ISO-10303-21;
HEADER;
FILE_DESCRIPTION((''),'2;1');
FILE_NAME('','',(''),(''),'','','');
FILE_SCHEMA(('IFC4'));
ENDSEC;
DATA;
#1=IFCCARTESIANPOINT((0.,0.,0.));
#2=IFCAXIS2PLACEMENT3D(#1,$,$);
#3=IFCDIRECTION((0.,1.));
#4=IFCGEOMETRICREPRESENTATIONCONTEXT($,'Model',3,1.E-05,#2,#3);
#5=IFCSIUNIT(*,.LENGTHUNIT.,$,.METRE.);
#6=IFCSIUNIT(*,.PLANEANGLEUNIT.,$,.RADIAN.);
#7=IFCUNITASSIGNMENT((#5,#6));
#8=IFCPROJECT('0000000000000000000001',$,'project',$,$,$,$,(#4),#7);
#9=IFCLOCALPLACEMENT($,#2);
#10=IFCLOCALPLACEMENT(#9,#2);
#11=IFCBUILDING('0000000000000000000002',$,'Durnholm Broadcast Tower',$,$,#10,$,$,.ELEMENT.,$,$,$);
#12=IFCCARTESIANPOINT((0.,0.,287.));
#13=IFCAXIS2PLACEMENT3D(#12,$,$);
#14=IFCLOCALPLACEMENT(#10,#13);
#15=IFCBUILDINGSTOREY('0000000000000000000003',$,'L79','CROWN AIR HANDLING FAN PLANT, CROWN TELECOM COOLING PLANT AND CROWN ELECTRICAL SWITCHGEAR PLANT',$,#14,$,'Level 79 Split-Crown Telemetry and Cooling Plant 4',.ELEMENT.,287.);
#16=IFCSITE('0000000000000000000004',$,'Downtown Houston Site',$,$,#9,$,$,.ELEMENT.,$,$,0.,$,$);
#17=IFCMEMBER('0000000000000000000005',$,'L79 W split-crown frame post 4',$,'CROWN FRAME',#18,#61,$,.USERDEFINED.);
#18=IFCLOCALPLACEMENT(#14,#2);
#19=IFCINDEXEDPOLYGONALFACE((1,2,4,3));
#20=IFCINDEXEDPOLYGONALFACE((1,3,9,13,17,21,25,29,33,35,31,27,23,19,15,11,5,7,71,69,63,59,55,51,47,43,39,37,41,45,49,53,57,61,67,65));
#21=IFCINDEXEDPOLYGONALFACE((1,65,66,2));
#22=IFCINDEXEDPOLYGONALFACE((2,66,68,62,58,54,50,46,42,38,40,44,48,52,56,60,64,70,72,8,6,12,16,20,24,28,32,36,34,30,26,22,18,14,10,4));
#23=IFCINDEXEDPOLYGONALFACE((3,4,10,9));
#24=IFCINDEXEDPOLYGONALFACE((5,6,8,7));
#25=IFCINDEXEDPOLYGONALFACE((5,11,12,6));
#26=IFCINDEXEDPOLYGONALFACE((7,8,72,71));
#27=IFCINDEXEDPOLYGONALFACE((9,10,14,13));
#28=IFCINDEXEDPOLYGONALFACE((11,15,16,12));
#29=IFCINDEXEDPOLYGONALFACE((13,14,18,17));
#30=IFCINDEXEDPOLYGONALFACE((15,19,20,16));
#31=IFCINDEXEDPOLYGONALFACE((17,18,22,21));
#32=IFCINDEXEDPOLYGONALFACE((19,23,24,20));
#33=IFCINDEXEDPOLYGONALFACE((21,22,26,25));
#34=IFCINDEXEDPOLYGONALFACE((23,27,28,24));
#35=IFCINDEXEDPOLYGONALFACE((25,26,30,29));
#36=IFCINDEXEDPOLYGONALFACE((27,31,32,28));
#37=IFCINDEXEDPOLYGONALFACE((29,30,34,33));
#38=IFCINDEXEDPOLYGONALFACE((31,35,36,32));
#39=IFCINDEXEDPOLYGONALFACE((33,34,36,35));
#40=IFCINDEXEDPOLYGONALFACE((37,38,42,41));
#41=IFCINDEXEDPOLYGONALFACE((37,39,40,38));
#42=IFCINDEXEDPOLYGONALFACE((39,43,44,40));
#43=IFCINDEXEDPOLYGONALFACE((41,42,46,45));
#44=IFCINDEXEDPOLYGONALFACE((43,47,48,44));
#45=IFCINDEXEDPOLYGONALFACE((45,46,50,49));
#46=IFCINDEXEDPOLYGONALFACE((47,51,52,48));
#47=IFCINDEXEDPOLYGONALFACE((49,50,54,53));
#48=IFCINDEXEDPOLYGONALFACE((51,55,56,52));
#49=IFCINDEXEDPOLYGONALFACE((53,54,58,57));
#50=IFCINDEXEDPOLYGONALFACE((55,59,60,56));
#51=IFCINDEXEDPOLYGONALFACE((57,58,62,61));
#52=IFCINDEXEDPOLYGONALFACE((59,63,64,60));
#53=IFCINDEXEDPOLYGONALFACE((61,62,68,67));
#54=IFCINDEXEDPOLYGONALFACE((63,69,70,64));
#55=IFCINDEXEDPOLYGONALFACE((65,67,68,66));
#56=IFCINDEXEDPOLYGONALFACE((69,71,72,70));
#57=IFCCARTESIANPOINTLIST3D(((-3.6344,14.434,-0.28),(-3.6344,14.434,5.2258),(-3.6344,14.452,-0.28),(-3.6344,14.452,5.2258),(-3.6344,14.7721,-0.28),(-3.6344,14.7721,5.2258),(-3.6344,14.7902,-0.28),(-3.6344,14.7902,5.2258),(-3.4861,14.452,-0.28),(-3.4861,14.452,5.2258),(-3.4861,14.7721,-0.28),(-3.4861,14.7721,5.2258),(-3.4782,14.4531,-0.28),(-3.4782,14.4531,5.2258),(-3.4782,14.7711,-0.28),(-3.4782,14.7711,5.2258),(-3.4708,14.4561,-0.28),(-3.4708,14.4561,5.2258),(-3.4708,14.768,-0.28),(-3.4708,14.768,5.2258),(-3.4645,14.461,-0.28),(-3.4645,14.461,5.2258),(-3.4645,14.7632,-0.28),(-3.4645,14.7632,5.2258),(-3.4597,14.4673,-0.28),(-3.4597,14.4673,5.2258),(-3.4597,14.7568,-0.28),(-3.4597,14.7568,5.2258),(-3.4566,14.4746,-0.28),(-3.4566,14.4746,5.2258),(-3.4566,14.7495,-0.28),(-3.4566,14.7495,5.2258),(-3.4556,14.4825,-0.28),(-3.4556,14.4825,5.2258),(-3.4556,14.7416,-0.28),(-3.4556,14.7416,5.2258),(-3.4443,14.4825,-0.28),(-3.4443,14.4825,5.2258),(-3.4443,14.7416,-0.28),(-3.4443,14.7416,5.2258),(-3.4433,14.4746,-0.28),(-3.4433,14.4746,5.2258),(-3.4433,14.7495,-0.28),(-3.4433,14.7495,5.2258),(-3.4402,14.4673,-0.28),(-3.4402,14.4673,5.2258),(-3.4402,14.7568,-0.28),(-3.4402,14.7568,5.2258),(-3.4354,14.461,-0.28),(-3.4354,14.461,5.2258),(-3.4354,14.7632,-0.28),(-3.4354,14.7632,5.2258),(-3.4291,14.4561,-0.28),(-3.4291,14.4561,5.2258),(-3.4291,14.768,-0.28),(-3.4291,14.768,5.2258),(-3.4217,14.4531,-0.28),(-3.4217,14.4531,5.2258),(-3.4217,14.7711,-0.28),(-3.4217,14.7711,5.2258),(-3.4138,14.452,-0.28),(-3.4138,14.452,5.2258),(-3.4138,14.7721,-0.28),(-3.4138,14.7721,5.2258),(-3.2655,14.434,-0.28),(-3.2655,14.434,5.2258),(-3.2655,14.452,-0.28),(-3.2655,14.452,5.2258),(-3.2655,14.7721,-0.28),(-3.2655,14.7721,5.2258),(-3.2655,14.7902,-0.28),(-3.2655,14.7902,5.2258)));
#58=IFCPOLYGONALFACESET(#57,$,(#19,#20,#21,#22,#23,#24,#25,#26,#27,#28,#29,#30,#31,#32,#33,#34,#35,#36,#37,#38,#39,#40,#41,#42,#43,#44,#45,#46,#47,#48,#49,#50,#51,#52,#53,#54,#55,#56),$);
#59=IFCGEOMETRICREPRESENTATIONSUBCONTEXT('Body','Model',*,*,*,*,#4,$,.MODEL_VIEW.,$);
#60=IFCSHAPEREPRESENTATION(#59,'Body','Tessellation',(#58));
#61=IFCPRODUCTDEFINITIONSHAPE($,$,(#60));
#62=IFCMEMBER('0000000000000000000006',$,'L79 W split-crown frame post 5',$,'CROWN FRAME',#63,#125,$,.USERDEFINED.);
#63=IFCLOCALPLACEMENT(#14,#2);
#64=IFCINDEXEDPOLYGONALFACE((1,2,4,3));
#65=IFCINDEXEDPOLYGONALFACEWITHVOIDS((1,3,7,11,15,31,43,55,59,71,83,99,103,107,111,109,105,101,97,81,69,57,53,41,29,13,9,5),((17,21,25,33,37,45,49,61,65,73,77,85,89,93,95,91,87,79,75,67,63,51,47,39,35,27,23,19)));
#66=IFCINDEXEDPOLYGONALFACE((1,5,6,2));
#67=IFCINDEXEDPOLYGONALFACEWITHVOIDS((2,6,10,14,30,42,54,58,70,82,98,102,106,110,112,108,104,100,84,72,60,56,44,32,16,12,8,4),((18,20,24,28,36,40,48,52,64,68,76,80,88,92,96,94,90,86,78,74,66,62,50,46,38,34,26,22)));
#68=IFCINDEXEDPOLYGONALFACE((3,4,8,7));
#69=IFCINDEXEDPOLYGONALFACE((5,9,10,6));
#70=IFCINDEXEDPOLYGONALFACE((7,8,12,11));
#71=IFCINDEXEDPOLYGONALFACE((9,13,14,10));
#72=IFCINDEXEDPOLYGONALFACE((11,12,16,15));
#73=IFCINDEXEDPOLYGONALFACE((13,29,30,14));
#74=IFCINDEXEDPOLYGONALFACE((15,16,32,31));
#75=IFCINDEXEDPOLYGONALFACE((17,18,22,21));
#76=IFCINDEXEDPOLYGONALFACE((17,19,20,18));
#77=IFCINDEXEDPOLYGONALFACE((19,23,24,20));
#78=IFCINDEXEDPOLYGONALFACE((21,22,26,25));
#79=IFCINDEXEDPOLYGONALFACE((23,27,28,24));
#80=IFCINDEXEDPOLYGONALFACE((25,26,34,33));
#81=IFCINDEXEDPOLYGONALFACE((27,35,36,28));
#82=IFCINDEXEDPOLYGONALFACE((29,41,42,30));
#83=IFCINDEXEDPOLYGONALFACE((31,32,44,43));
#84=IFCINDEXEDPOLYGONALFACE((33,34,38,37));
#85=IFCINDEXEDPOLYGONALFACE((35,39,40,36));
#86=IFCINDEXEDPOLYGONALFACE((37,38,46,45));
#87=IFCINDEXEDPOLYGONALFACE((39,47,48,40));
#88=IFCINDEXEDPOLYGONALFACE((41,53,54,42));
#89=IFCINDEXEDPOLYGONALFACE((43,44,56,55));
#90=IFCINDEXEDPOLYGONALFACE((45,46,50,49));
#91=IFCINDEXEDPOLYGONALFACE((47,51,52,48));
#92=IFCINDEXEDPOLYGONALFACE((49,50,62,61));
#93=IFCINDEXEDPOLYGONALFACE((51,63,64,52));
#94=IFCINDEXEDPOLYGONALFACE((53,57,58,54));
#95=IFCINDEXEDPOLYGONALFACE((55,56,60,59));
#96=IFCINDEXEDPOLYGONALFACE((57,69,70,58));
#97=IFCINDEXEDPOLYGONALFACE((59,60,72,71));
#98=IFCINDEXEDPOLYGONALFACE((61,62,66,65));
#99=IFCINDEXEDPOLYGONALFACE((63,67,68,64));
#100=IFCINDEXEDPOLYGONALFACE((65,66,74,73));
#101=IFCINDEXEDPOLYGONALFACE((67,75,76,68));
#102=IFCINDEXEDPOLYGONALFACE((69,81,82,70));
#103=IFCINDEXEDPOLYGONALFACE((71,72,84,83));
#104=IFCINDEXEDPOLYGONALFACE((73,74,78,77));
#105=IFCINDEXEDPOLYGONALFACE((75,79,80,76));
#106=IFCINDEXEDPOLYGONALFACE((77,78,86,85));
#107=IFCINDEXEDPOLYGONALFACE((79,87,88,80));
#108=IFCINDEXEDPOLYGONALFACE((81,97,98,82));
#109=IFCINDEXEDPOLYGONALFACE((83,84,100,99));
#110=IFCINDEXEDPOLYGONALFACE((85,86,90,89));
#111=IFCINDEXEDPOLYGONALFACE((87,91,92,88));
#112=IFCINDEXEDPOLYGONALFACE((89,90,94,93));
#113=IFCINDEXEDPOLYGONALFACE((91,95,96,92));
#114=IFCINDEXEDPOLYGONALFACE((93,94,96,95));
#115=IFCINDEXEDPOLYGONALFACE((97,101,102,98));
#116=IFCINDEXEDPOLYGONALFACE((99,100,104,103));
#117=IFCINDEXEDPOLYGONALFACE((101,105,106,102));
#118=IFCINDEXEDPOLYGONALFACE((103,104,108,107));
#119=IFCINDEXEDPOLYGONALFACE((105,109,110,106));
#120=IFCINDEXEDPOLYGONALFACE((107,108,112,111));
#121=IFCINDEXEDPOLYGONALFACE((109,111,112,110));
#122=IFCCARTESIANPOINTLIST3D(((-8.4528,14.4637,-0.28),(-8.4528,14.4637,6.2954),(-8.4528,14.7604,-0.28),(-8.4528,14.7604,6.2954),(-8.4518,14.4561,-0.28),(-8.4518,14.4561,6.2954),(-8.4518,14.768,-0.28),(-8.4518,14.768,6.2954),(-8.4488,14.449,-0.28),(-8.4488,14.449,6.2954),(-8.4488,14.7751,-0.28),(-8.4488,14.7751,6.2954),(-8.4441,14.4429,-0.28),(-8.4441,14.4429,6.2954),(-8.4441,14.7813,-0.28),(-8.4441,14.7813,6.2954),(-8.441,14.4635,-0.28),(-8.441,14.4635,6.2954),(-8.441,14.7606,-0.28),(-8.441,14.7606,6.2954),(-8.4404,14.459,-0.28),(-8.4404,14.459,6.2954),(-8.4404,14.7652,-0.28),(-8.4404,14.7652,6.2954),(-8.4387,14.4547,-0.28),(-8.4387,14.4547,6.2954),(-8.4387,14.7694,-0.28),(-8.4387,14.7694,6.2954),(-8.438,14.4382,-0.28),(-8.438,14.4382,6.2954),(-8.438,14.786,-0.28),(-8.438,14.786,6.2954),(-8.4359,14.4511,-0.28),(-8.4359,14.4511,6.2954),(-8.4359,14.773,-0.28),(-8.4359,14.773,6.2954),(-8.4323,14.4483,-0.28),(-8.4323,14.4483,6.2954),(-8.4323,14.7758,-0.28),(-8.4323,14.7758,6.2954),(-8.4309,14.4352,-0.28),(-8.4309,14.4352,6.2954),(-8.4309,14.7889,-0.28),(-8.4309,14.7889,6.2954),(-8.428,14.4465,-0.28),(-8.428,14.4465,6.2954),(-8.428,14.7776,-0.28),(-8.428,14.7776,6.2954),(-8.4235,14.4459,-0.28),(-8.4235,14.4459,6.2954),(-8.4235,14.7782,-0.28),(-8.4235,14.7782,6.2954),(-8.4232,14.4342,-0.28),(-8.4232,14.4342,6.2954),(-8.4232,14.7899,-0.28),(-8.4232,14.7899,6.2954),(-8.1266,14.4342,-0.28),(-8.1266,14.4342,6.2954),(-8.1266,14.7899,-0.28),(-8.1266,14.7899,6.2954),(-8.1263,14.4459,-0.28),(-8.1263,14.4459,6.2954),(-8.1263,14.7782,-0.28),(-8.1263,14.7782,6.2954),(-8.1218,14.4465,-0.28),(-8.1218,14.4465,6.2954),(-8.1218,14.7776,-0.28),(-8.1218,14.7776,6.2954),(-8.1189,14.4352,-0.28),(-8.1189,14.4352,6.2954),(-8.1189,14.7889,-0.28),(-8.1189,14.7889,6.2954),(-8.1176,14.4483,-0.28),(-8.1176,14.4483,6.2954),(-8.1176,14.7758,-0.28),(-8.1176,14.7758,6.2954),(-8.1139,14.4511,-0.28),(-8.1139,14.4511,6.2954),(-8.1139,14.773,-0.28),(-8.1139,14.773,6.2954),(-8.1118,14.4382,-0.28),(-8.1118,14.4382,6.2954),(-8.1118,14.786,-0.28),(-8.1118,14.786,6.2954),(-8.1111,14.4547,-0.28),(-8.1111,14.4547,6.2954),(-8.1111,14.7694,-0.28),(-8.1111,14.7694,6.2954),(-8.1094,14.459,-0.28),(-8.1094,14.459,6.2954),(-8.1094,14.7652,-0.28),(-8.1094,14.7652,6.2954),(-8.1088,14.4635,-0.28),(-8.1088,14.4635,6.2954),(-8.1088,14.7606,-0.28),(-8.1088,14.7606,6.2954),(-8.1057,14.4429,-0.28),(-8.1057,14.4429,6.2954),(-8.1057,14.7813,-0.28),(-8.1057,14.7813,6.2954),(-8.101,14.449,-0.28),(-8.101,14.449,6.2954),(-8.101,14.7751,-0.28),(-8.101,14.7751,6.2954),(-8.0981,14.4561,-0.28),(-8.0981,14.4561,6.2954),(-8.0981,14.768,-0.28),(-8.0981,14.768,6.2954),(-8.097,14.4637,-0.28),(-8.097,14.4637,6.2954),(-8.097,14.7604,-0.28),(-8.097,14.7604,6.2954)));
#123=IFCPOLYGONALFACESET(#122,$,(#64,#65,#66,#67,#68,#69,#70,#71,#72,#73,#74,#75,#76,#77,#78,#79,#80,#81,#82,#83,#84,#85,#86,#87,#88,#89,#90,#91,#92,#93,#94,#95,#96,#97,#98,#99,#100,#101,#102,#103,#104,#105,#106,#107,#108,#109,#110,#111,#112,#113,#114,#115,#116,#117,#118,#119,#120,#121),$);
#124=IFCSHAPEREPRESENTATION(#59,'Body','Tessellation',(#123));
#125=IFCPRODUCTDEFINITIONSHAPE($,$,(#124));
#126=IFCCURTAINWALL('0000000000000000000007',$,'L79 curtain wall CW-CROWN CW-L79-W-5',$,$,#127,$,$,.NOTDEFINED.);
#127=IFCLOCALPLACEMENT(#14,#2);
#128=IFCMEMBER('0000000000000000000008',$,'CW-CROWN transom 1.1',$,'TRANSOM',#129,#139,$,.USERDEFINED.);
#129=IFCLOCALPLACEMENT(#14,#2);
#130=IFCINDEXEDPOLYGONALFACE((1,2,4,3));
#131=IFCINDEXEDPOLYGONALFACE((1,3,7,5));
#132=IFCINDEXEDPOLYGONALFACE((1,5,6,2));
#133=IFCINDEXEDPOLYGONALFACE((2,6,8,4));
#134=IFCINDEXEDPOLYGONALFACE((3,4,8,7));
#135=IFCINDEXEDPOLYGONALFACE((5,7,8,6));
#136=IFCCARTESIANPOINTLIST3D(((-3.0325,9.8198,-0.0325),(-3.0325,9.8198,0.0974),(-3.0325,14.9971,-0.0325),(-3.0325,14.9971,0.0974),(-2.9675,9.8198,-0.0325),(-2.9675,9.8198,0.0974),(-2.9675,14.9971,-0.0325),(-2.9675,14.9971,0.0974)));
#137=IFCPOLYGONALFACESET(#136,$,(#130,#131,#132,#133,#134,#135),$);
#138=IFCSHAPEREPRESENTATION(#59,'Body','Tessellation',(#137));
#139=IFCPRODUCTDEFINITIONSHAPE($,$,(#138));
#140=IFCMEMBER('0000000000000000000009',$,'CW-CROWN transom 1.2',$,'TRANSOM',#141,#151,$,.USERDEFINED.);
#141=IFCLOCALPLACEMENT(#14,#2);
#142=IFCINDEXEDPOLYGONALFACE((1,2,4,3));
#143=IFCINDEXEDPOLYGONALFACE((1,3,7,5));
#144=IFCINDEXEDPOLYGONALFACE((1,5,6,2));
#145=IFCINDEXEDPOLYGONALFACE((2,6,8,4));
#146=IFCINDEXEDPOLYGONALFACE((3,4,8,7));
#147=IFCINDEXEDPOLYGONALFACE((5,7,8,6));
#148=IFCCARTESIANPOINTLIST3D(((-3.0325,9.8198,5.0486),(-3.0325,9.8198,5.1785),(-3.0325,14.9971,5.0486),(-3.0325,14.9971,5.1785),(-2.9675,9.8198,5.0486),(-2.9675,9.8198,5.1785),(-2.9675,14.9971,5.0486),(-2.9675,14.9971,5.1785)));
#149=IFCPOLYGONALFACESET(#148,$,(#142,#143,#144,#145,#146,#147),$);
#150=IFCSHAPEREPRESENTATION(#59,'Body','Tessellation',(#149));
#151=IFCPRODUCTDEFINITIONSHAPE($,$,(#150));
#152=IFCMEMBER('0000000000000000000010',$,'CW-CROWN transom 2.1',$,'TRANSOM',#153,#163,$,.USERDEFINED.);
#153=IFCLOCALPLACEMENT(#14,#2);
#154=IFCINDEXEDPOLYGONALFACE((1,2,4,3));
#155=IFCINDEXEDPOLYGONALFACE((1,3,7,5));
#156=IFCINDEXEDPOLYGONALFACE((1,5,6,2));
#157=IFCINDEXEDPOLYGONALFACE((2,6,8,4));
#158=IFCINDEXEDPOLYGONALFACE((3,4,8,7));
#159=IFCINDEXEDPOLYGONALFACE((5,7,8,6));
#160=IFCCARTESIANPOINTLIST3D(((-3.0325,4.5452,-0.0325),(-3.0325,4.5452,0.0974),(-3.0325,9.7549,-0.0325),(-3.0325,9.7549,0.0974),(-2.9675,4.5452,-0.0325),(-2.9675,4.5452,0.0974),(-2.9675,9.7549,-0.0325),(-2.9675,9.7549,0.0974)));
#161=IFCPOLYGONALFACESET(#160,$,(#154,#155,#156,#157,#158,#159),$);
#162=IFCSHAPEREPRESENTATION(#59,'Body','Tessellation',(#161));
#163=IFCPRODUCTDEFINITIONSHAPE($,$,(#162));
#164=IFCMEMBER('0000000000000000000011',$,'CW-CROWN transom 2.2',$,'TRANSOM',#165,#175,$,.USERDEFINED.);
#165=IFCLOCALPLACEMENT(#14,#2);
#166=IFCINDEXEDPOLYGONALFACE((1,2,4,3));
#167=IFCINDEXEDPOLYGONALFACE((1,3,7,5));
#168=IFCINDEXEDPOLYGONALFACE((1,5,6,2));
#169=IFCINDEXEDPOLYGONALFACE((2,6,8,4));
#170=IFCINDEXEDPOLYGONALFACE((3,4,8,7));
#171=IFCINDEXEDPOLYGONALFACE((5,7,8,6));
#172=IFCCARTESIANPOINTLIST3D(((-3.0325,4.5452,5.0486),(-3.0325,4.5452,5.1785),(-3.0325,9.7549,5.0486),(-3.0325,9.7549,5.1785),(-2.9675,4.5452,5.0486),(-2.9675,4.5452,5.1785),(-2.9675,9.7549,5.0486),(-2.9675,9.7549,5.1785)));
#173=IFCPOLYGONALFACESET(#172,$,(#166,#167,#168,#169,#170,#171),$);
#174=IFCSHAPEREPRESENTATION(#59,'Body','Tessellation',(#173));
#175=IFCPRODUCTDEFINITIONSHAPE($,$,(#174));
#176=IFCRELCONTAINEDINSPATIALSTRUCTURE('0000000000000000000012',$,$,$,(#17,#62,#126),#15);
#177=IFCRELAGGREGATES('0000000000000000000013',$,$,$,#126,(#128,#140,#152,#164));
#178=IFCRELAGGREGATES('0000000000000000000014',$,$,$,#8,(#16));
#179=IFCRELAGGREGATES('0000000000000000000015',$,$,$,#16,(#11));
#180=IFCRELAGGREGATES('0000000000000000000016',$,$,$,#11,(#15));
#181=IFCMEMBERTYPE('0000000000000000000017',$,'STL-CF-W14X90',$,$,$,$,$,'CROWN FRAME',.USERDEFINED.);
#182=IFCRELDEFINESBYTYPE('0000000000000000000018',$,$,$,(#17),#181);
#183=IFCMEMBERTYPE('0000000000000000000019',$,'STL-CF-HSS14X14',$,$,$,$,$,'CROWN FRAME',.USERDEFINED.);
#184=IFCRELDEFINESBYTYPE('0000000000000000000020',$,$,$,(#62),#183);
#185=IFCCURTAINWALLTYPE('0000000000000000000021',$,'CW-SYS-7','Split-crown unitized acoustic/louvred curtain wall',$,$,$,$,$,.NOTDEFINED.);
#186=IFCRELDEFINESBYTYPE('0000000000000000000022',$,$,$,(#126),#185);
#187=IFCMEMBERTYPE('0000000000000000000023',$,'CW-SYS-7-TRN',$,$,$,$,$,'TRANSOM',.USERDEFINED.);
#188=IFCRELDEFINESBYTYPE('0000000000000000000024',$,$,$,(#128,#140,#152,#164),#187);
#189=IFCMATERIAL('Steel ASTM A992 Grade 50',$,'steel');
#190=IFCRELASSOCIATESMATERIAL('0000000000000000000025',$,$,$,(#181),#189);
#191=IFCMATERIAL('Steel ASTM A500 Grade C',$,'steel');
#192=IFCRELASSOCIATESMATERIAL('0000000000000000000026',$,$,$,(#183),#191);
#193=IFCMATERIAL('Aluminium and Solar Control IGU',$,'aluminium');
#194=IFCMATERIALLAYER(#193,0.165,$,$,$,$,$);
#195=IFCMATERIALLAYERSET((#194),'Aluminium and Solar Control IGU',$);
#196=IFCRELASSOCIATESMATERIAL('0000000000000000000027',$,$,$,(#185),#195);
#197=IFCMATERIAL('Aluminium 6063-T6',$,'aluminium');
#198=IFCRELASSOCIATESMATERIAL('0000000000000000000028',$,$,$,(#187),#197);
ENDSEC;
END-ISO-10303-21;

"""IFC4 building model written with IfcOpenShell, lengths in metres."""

from ifc_helpers import new_model, si_unit, direction, frame, origin, origin_2d, place, context, subcontext, project, spatial, rectangle, hollow_rectangle, i_section, extrude, source, transform, mapped, material, layer, layer_set, material_profile, profile_set, type_object, type_shapes, element, aggregate, save


model = new_model("IFC4")

# Units and contexts
model_context = context("Model", 3, precision=1e-05, world=origin(), true_north=direction((0.0, 1.0)))
body_context = subcontext(model_context, "Body", "Model", "MODEL_VIEW")
ifc_project = project(units=[si_unit("LENGTHUNIT", "METRE"), si_unit("PLANEANGLEUNIT", "RADIAN")], contexts=[model_context])

# Site, building, storey
site_placement = place(None, origin())
site = spatial("IfcSite", under=ifc_project, at=site_placement, Name="Downtown Houston Site", CompositionType="ELEMENT", RefElevation=0.0)
building_placement = place(site_placement, origin())
building = spatial("IfcBuilding", under=site, at=building_placement, Name="Durnholm Broadcast Tower", CompositionType="ELEMENT")
storey_placement = place(building_placement, frame((0.0, 0.0, 287.0)))
storey = spatial("IfcBuildingStorey", under=building, at=storey_placement, Name="L79", Description="CROWN AIR HANDLING FAN PLANT, CROWN TELECOM COOLING PLANT AND CROWN ELECTRICAL SWITCHGEAR PLANT", LongName="Level 79 Split-Crown Telemetry and Cooling Plant 4", CompositionType="ELEMENT", Elevation=287.0)

# Shared definitions
ifc_material_1 = material(Name="Steel ASTM A500 Grade C", Category="steel")

# Shared definitions
ifc_material_2 = material(Name="Steel ASTM A992 Grade 50", Category="steel")

# Members
ifc_material_profile_1 = material_profile(ifc_material_2, i_section(OverallWidth=0.3689, OverallDepth=0.3562, WebThickness=0.0112, FlangeThickness=0.0181, FilletRadius=0.0305, at=origin_2d()), Name="W14X90")
ifc_profile_set_1 = profile_set([ifc_material_profile_1], Name="Steel ASTM A992 Grade 50")
member_type_1 = type_object("IfcMemberType", Name="STL-CF-W14X90", ElementType="CROWN FRAME", PredefinedType="USERDEFINED", material=ifc_profile_set_1)
shared_shape_1 = source(origin(), body_context, "Body", "SweptSolid", [
    extrude(i_section(OverallWidth=0.3689, OverallDepth=0.3562, WebThickness=0.0112, FlangeThickness=0.0181, FilletRadius=0.0305, at=origin_2d()), origin(), (0.0, 0.0, 1.0), 5.5059),
])
type_shapes(member_type_1, [shared_shape_1])
member_1_placement = place(storey_placement, frame((-3.45, 14.6121, -0.28), z_axis=(0.0, 0.0, 1.0), x_axis=(1.0, 0.0, 0.0)))
element("IfcMember", 1, at=member_1_placement, inside=storey, type_object=member_type_1, Name="L79 W split-crown frame post 4", ObjectType="CROWN FRAME", PredefinedType="USERDEFINED", context=body_context, shape_type="MappedRepresentation", body=[
    mapped(shared_shape_1, transform((0.0, 0.0, 0.0), x_axis=(1.0, 0.0, 0.0), y_axis=(0.0, 1.0, 0.0), z_axis=(0.0, 0.0, 1.0), scale=1.0)),
])
ifc_material_profile_2 = material_profile(ifc_material_1, hollow_rectangle(XDim=0.3557, YDim=0.3557, WallThickness=0.0117, InnerFilletRadius=0.0176, OuterFilletRadius=0.0295, at=origin_2d()), Name="HSS14X14X1/2")
ifc_profile_set_2 = profile_set([ifc_material_profile_2], Name="Steel ASTM A500 Grade C")
member_type_2 = type_object("IfcMemberType", Name="STL-CF-HSS14X14", ElementType="CROWN FRAME", PredefinedType="USERDEFINED", material=ifc_profile_set_2)
shared_shape_2 = source(origin(), body_context, "Body", "SweptSolid", [
    extrude(hollow_rectangle(XDim=0.3557, YDim=0.3557, WallThickness=0.0117, InnerFilletRadius=0.0176, OuterFilletRadius=0.0295, at=origin_2d()), origin(), (0.0, 0.0, 1.0), 6.5754),
])
type_shapes(member_type_2, [shared_shape_2])
member_2_placement = place(storey_placement, frame((-8.2749, 14.6121, -0.28), z_axis=(0.0, 0.0, 1.0), x_axis=(1.0, 0.0, 0.0)))
element("IfcMember", 2, at=member_2_placement, inside=storey, type_object=member_type_2, Name="L79 W split-crown frame post 5", ObjectType="CROWN FRAME", PredefinedType="USERDEFINED", context=body_context, shape_type="MappedRepresentation", body=[
    mapped(shared_shape_2, transform((0.0, 0.0, 0.0), x_axis=(1.0, 0.0, 0.0), y_axis=(0.0, 1.0, 0.0), z_axis=(0.0, 0.0, 1.0), scale=1.0)),
])

# Curtain wall, members
ifc_material_3 = material(Name="Aluminium and Solar Control IGU", Category="aluminium")
ifc_layer_1 = layer(ifc_material_3, 0.165)
ifc_layer_set_1 = layer_set([ifc_layer_1], Name="Aluminium and Solar Control IGU")
curtain_wall_type = type_object("IfcCurtainWallType", Name="CW-SYS-7", Description="Split-crown unitized acoustic/louvred curtain wall", PredefinedType="NOTDEFINED", material=ifc_layer_set_1)
curtain_wall_placement = place(storey_placement, origin())
curtain_wall = element("IfcCurtainWall", 3, at=curtain_wall_placement, inside=storey, type_object=curtain_wall_type, Name="L79 curtain wall CW-CROWN CW-L79-W-5", PredefinedType="NOTDEFINED")
ifc_material_4 = material(Name="Aluminium 6063-T6", Category="aluminium")
ifc_material_profile_3 = material_profile(ifc_material_4, rectangle(XDim=0.0649, YDim=0.1299, at=origin_2d()), Name="CWT65X130")
ifc_profile_set_3 = profile_set([ifc_material_profile_3], Name="Aluminium 6063-T6")
member_type_3 = type_object("IfcMemberType", Name="CW-SYS-7-TRN", ElementType="TRANSOM", PredefinedType="USERDEFINED", material=ifc_profile_set_3)
shared_shape_3 = source(origin(), body_context, "Body", "SweptSolid", [
    extrude(rectangle(XDim=0.0649, YDim=0.1299, at=origin_2d()), origin(), (0.0, 0.0, 1.0), 5.1772),
])
member_3_placement = place(storey_placement, frame((-3.0, 14.9971, 0.0325), z_axis=(0.0, -1.0, 0.0), x_axis=(1.0, 0.0, 0.0)))
member_3 = element("IfcMember", 4, at=member_3_placement, type_object=member_type_3, Name="CW-CROWN transom 1.1", ObjectType="TRANSOM", PredefinedType="USERDEFINED", context=body_context, shape_type="MappedRepresentation", body=[
    mapped(shared_shape_3, transform((0.0, 0.0, 0.0), x_axis=(1.0, 0.0, 0.0), y_axis=(0.0, 1.0, 0.0), z_axis=(0.0, 0.0, 1.0), scale=1.0)),
])
member_4_placement = place(storey_placement, frame((-3.0, 14.9971, 5.1135), z_axis=(0.0, -1.0, 0.0), x_axis=(1.0, 0.0, 0.0)))
member_4 = element("IfcMember", 5, at=member_4_placement, type_object=member_type_3, Name="CW-CROWN transom 1.2", ObjectType="TRANSOM", PredefinedType="USERDEFINED", context=body_context, shape_type="MappedRepresentation", body=[
    mapped(shared_shape_3, transform((0.0, 0.0, 0.0), x_axis=(1.0, 0.0, 0.0), y_axis=(0.0, 1.0, 0.0), z_axis=(0.0, 0.0, 1.0), scale=1.0)),
])
shared_shape_4 = source(origin(), body_context, "Body", "SweptSolid", [
    extrude(rectangle(XDim=0.0649, YDim=0.1299, at=origin_2d()), origin(), (0.0, 0.0, 1.0), 5.2097),
])
type_shapes(member_type_3, [shared_shape_3, shared_shape_4])
member_5_placement = place(storey_placement, frame((-3.0, 9.7549, 0.0325), z_axis=(0.0, -1.0, 0.0), x_axis=(1.0, 0.0, 0.0)))
member_5 = element("IfcMember", 6, at=member_5_placement, type_object=member_type_3, Name="CW-CROWN transom 2.1", ObjectType="TRANSOM", PredefinedType="USERDEFINED", context=body_context, shape_type="MappedRepresentation", body=[
    mapped(shared_shape_4, transform((0.0, 0.0, 0.0), x_axis=(1.0, 0.0, 0.0), y_axis=(0.0, 1.0, 0.0), z_axis=(0.0, 0.0, 1.0), scale=1.0)),
])
member_6_placement = place(storey_placement, frame((-3.0, 9.7549, 5.1135), z_axis=(0.0, -1.0, 0.0), x_axis=(1.0, 0.0, 0.0)))
member_6 = element("IfcMember", 7, at=member_6_placement, type_object=member_type_3, Name="CW-CROWN transom 2.2", ObjectType="TRANSOM", PredefinedType="USERDEFINED", context=body_context, shape_type="MappedRepresentation", body=[
    mapped(shared_shape_4, transform((0.0, 0.0, 0.0), x_axis=(1.0, 0.0, 0.0), y_axis=(0.0, 1.0, 0.0), z_axis=(0.0, 0.0, 1.0), scale=1.0)),
])

aggregate(curtain_wall, [member_3, member_4, member_5, member_6])

save(model, "model.ifc")
